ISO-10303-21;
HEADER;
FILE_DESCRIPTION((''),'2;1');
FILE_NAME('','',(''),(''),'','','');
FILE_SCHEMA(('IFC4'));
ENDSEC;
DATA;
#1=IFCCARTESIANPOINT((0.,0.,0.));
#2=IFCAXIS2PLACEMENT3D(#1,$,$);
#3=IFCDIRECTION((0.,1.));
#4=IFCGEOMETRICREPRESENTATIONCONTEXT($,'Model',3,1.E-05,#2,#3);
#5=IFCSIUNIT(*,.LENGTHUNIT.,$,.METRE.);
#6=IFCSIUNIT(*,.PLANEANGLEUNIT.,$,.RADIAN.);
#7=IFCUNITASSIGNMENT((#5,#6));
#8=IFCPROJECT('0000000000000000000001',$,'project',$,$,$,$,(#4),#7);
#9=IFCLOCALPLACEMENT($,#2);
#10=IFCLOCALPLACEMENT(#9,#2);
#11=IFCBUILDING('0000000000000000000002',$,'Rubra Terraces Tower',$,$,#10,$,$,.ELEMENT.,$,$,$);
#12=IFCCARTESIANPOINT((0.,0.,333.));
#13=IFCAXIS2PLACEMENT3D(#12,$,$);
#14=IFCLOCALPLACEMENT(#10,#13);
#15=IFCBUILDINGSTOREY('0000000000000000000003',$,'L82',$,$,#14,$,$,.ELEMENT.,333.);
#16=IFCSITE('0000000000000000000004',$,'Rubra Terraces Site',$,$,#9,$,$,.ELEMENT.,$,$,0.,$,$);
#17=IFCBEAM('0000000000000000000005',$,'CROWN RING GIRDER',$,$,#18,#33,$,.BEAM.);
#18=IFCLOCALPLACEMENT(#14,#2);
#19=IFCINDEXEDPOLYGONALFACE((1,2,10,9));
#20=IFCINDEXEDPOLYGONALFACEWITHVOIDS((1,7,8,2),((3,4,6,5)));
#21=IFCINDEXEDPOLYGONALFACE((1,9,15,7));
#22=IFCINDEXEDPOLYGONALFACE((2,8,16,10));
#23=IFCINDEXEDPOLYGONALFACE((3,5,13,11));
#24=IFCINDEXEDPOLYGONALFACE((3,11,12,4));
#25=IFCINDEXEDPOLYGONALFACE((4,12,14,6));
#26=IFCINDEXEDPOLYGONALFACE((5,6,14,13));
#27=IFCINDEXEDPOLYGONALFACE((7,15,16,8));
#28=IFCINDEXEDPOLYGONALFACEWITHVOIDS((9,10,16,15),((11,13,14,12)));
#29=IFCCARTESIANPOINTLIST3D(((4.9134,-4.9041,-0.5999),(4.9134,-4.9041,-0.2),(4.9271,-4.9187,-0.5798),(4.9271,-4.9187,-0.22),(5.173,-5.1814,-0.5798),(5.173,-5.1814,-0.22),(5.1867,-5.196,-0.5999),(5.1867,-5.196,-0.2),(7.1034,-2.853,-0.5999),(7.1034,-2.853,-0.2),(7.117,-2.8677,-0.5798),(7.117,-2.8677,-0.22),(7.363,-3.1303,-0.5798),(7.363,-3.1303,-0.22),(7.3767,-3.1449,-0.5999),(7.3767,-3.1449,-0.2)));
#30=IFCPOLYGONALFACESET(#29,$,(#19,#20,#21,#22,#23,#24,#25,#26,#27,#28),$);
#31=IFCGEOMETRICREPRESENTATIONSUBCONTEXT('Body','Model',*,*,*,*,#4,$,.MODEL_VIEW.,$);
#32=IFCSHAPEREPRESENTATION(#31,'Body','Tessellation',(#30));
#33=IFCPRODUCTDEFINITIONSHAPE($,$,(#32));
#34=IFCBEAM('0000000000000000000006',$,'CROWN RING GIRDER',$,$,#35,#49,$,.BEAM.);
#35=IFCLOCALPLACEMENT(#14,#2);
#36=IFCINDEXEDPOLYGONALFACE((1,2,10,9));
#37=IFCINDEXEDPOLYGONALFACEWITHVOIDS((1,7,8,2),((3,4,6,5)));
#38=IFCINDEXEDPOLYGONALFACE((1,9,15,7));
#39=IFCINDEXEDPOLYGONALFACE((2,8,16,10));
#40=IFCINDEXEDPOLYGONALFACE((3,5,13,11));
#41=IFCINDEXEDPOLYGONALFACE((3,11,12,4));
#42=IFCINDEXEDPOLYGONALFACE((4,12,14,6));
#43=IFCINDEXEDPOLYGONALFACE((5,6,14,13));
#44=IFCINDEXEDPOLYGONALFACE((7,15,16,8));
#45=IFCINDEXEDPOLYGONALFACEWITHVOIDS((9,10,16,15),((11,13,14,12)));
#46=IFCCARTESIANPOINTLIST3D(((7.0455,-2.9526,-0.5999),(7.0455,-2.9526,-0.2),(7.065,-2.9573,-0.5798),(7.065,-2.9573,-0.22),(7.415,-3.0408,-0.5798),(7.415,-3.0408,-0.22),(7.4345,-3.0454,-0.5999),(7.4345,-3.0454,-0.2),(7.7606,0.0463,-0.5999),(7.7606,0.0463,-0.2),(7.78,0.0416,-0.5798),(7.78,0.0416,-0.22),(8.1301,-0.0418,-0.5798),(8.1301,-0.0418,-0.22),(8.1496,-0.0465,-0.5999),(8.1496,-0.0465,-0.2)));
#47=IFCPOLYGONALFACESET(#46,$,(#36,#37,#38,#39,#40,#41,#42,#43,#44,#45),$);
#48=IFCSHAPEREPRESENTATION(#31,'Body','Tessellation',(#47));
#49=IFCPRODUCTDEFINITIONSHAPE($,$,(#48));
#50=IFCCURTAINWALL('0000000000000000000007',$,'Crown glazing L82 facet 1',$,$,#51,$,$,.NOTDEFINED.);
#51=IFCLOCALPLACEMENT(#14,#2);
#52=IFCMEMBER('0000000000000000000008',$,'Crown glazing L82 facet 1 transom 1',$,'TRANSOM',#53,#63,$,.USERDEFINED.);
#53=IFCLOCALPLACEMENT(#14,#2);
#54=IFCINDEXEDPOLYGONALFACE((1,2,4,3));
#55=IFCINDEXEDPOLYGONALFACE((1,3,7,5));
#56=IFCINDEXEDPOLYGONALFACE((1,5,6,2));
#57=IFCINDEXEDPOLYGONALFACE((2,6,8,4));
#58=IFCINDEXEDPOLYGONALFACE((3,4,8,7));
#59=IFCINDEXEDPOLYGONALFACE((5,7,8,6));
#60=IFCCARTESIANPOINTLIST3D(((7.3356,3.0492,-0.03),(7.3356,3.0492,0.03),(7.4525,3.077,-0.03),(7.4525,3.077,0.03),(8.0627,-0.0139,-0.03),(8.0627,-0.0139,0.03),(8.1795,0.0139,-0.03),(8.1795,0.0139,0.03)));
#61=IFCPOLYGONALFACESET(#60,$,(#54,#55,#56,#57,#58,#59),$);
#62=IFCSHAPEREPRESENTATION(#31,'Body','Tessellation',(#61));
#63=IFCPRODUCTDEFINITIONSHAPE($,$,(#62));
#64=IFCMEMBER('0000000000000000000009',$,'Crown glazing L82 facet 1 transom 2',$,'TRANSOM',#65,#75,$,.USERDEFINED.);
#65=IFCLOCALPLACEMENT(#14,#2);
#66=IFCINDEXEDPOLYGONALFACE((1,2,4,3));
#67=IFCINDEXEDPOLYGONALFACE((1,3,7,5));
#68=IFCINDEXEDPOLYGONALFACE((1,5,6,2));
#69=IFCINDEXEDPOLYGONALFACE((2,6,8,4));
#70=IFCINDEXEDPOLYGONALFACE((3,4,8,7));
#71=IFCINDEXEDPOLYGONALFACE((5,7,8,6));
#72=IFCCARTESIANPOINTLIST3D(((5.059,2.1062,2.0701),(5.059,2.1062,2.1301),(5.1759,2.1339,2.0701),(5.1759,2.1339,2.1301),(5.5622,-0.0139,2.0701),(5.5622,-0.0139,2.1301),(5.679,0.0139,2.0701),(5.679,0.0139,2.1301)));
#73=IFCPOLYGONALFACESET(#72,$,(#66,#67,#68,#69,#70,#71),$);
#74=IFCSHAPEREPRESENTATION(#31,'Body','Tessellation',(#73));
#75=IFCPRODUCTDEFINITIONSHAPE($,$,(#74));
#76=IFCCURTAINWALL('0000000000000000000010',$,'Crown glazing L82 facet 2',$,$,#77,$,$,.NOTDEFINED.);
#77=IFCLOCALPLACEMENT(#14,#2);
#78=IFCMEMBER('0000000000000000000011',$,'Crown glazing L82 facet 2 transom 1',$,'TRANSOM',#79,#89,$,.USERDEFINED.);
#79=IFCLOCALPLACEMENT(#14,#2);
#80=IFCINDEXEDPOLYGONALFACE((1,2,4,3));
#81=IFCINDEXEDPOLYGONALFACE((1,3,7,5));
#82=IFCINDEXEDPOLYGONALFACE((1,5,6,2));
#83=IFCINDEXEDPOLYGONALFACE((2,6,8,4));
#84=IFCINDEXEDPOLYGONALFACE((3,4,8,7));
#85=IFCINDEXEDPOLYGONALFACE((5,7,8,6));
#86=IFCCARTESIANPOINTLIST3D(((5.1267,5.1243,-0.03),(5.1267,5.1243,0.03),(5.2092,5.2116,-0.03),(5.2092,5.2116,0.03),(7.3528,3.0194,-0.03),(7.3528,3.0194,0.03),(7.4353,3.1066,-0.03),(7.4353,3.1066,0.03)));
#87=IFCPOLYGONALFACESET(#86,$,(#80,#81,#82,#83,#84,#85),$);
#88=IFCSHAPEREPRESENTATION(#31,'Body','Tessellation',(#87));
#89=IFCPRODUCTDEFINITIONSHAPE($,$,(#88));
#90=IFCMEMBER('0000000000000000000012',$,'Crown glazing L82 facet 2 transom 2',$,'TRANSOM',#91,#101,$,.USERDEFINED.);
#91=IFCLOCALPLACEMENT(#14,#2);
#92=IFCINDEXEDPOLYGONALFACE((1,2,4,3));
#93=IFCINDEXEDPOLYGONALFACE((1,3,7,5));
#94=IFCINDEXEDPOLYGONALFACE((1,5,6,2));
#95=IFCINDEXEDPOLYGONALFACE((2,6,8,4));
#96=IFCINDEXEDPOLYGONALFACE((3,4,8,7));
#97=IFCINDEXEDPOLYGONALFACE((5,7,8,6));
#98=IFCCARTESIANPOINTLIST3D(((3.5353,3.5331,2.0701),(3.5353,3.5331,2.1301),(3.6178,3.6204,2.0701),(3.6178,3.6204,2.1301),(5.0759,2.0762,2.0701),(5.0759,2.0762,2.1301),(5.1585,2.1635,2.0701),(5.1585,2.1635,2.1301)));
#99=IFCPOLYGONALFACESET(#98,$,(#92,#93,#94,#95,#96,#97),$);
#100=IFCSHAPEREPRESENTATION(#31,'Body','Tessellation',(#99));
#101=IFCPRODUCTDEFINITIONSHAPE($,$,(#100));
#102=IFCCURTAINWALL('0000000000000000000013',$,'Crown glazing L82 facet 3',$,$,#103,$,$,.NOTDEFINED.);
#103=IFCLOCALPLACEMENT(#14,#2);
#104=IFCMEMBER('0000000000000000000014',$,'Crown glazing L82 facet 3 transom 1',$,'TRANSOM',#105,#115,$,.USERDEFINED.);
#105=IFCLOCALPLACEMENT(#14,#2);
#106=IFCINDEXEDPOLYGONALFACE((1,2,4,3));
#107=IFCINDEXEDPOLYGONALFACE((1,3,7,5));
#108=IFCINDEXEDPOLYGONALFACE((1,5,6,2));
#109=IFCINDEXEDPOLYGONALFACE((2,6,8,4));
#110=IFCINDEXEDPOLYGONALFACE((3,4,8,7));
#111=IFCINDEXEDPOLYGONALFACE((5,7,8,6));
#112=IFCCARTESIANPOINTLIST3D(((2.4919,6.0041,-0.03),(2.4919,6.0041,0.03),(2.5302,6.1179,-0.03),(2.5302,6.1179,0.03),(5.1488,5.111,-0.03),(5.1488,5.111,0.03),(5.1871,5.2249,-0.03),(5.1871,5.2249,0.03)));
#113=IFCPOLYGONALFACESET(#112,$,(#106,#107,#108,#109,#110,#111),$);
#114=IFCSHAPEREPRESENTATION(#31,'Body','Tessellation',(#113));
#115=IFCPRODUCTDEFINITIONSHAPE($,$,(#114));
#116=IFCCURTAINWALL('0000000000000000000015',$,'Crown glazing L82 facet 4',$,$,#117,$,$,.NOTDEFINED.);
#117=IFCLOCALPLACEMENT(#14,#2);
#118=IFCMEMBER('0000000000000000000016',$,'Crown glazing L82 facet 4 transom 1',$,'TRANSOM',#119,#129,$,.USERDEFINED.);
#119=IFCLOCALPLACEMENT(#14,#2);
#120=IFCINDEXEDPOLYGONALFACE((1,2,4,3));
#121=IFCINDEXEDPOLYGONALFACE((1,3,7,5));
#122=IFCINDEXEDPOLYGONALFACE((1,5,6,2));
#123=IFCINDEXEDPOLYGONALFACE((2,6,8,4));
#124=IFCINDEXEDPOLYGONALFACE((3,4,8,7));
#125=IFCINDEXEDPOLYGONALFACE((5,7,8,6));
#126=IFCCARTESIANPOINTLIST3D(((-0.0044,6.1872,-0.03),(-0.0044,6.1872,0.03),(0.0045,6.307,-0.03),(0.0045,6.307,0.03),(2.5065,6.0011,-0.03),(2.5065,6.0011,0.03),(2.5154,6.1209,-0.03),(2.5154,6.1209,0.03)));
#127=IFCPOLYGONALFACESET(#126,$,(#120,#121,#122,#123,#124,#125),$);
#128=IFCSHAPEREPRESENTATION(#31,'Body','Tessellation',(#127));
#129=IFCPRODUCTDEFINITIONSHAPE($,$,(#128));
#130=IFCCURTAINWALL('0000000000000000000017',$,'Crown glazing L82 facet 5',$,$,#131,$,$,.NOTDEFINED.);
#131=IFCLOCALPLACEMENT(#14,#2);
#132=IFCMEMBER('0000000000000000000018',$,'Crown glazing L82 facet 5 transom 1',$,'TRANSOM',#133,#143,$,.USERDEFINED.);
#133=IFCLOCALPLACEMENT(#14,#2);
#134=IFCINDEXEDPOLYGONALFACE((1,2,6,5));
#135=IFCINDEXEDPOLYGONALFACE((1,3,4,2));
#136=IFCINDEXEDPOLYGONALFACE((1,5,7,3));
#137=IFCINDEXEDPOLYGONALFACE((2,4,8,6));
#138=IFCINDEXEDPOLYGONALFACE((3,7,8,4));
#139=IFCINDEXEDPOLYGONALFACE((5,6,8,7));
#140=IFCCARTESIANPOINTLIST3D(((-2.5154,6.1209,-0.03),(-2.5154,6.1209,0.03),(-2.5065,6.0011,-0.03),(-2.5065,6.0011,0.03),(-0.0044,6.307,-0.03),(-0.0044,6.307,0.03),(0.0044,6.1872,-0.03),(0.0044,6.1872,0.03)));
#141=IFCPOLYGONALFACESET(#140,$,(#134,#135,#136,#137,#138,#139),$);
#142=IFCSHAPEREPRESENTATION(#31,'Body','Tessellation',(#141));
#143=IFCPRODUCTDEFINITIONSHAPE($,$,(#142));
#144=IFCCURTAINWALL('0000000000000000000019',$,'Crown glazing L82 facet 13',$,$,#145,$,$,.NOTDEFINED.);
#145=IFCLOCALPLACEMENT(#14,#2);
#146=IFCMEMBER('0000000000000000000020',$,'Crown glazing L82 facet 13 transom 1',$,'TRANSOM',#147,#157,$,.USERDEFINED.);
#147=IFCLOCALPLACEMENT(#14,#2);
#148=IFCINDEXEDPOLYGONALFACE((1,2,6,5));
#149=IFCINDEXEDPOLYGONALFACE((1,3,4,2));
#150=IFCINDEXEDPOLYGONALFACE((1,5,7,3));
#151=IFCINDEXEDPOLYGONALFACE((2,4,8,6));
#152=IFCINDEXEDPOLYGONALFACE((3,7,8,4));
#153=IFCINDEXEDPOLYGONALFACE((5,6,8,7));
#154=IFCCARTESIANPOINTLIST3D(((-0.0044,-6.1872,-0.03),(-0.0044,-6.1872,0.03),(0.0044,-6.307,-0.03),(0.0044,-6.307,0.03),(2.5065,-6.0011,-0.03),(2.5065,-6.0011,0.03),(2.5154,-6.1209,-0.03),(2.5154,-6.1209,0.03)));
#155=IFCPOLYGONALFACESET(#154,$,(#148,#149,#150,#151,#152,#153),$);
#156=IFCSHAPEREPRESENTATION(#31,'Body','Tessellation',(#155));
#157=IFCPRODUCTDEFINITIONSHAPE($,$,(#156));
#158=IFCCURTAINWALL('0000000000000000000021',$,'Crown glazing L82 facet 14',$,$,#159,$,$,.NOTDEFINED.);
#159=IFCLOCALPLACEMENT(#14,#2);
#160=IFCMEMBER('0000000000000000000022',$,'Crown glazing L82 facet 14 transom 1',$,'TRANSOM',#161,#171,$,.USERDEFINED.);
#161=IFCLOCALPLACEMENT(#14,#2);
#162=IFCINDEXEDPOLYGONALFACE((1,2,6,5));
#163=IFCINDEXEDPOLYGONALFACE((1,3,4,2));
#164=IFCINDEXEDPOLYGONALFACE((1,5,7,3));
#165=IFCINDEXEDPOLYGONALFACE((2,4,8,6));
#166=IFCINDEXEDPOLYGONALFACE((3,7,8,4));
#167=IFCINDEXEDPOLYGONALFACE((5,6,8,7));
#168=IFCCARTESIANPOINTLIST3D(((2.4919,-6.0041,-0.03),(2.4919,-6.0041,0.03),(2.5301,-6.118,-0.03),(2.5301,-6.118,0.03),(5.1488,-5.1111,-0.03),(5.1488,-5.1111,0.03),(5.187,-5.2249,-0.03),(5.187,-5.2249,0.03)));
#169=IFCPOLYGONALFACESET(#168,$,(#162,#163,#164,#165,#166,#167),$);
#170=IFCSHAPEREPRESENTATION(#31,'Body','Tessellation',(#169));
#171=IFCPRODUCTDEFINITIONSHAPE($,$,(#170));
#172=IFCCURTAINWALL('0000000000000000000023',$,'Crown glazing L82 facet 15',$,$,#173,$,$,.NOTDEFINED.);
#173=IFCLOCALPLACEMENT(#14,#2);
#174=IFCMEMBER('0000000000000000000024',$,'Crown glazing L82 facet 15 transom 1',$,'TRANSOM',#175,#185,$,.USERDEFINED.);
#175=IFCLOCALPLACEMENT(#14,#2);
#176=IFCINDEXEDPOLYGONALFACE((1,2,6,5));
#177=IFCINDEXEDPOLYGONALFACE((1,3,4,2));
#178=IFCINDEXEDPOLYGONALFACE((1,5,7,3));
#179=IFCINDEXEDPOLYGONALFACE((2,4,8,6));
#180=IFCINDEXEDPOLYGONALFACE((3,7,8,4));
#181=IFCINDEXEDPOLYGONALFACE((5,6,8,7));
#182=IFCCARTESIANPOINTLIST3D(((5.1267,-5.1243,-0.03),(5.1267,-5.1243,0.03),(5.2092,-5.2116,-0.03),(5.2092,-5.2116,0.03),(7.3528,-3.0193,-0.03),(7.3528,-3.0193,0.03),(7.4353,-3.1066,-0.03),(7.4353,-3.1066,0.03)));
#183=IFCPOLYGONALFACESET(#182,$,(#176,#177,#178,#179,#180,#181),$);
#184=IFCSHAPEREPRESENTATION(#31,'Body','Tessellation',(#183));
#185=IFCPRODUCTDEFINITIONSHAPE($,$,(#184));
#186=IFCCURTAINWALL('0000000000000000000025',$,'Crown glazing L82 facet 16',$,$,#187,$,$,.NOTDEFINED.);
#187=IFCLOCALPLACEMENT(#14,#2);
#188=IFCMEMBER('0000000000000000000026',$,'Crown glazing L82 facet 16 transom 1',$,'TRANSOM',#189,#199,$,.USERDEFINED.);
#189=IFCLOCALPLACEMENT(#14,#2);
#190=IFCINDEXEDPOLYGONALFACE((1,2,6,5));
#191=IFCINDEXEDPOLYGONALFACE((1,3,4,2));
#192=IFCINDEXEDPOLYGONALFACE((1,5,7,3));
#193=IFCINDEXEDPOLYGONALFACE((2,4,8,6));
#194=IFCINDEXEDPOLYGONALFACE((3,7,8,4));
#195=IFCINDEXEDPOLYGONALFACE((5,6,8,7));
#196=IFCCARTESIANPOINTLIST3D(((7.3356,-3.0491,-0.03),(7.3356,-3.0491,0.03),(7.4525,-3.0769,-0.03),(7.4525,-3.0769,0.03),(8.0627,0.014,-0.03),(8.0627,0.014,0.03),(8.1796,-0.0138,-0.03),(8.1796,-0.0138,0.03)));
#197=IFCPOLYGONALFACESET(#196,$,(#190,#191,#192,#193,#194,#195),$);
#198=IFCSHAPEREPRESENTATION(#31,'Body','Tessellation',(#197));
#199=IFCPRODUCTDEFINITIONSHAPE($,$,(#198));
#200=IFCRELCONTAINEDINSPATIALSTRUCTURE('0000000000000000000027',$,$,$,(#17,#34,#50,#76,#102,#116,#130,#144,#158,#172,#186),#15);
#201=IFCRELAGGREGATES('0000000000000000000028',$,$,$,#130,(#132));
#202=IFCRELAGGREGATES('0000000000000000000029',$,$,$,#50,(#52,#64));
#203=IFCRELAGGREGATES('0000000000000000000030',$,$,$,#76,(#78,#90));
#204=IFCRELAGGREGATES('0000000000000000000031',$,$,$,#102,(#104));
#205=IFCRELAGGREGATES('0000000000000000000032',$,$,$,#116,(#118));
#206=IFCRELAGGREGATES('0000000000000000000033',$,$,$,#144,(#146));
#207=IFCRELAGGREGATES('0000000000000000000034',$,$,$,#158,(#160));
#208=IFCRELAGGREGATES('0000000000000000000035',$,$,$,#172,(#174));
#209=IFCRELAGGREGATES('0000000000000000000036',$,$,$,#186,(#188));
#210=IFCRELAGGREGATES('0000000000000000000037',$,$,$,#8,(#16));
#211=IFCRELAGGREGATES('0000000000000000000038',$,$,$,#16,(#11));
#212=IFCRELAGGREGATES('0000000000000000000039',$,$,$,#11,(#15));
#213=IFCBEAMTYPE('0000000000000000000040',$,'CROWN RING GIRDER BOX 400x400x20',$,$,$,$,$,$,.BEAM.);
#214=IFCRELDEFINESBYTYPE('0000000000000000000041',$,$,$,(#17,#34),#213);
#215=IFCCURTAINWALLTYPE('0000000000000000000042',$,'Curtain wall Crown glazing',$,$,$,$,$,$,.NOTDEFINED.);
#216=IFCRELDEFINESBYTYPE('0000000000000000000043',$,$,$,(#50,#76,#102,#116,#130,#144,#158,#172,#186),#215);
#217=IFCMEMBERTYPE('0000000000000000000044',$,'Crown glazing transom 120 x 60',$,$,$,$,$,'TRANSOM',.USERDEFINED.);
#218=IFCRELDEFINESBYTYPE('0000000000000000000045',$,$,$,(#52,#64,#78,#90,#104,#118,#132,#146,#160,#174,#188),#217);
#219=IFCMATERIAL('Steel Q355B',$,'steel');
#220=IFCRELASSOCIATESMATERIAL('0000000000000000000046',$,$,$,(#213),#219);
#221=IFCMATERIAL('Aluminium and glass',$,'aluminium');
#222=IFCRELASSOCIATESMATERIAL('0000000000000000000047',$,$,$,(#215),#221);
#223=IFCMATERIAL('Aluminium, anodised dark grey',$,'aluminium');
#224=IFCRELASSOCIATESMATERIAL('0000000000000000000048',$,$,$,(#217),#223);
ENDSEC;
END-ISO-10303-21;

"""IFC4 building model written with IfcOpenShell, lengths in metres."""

from ifc_helpers import new_model, si_unit, direction, frame, origin, origin_2d, place, context, subcontext, project, spatial, rectangle, hollow_rectangle, extrude, material, material_profile, profile_set, type_object, element, aggregate, save


model = new_model("IFC4")

# Units and contexts
model_context = context("Model", 3, precision=1e-05, world=origin(), true_north=direction((0.0, 1.0)))
body_context = subcontext(model_context, "Body", "Model", "MODEL_VIEW")
ifc_project = project(units=[si_unit("LENGTHUNIT", "METRE"), si_unit("PLANEANGLEUNIT", "RADIAN")], contexts=[model_context])

# Site, building, storey
site_placement = place(None, origin())
site = spatial("IfcSite", under=ifc_project, at=site_placement, Name="Rubra Terraces Site", CompositionType="ELEMENT", RefElevation=0.0)
building_placement = place(site_placement, origin())
building = spatial("IfcBuilding", under=site, at=building_placement, Name="Rubra Terraces Tower", CompositionType="ELEMENT")
storey_placement = place(building_placement, frame((0.0, 0.0, 333.0)))
storey = spatial("IfcBuildingStorey", under=building, at=storey_placement, Name="L82", CompositionType="ELEMENT", Elevation=333.0)

# Shared definitions
ifc_material_1 = material(Name="Steel Q355B", Category="steel")

# Beams
ifc_material_profile_1 = material_profile(ifc_material_1, hollow_rectangle(XDim=0.3999, YDim=0.3999, WallThickness=0.02, at=origin_2d()), Name="BOX 400x400x20")
ifc_profile_set_1 = profile_set([ifc_material_profile_1], Name="Steel Q355B")
beam_type_1 = type_object("IfcBeamType", Name="CROWN RING GIRDER BOX 400x400x20", PredefinedType="BEAM", material=ifc_profile_set_1)
beam_1_placement = place(storey_placement, frame((5.05, -5.05, -0.3999), z_axis=(0.729877, 0.683578, 0.0), x_axis=(-0.683578, 0.729877, 0.0)))
element("IfcBeam", 1, at=beam_1_placement, inside=storey, type_object=beam_type_1, Name="CROWN RING GIRDER", PredefinedType="BEAM", context=body_context, shape_type="SweptSolid", body=[
    extrude(hollow_rectangle(XDim=0.3999, YDim=0.3999, WallThickness=0.02, at=origin_2d()), origin(), (0.0, 0.0, 1.0), 3.0005),
])
beam_2_placement = place(storey_placement, frame((7.24, -2.999, -0.3999), z_axis=(0.231938, 0.972731, 0.0), x_axis=(-0.972731, 0.231938, 0.0)))
element("IfcBeam", 2, at=beam_2_placement, inside=storey, type_object=beam_type_1, Name="CROWN RING GIRDER", PredefinedType="BEAM", context=body_context, shape_type="SweptSolid", body=[
    extrude(hollow_rectangle(XDim=0.3999, YDim=0.3999, WallThickness=0.02, at=origin_2d()), origin(), (0.0, 0.0, 1.0), 3.083),
])

# Curtain walls, members
ifc_material_2 = material(Name="Aluminium and glass", Category="aluminium")
curtain_wall_type = type_object("IfcCurtainWallType", Name="Curtain wall Crown glazing", PredefinedType="NOTDEFINED", material=ifc_material_2)
curtain_wall_1_placement = place(storey_placement, origin())
curtain_wall_1 = element("IfcCurtainWall", 3, at=curtain_wall_1_placement, inside=storey, type_object=curtain_wall_type, Name="Crown glazing L82 facet 1", PredefinedType="NOTDEFINED")
ifc_material_3 = material(Name="Aluminium, anodised dark grey", Category="aluminium")
ifc_material_profile_2 = material_profile(ifc_material_3, rectangle(XDim=0.1201, YDim=0.0601, at=origin_2d()), Name="AL 120x60")
ifc_profile_set_2 = profile_set([ifc_material_profile_2], Name="Aluminium, anodised dark grey")
member_type_1 = type_object("IfcMemberType", Name="Crown glazing transom 120 x 60", ElementType="TRANSOM", PredefinedType="USERDEFINED", material=ifc_profile_set_2)
member_1_placement = place(storey_placement, frame((8.1211, 0.0, 0.0), z_axis=(-0.230949, 0.972966, 0.0), x_axis=(-0.972966, -0.230949, 0.0)))
member_1 = element("IfcMember", 4, at=member_1_placement, type_object=member_type_1, Name="Crown glazing L82 facet 1 transom 1", ObjectType="TRANSOM", PredefinedType="USERDEFINED", context=body_context, shape_type="SweptSolid", body=[
    extrude(rectangle(XDim=0.1201, YDim=0.0601, at=origin_2d()), origin(), (0.0, 0.0, 1.0), 3.1482),
])
member_2_placement = place(storey_placement, frame((5.6206, 0.0, 2.1001), z_axis=(-0.230919, 0.972973, 0.0), x_axis=(-0.972973, -0.230919, 0.0)))
member_2 = element("IfcMember", 5, at=member_2_placement, type_object=member_type_1, Name="Crown glazing L82 facet 1 transom 2", ObjectType="TRANSOM", PredefinedType="USERDEFINED", context=body_context, shape_type="SweptSolid", body=[
    extrude(rectangle(XDim=0.1201, YDim=0.0601, at=origin_2d()), origin(), (0.0, 0.0, 1.0), 2.179),
])
curtain_wall_2_placement = place(storey_placement, origin())
curtain_wall_2 = element("IfcCurtainWall", 6, at=curtain_wall_2_placement, inside=storey, type_object=curtain_wall_type, Name="Crown glazing L82 facet 2", PredefinedType="NOTDEFINED")
member_3_placement = place(storey_placement, frame((7.394, 3.063, 0.0), z_axis=(-0.726593, 0.687068, 0.0), x_axis=(-0.687068, -0.726593, 0.0)))
member_3 = element("IfcMember", 7, at=member_3_placement, type_object=member_type_1, Name="Crown glazing L82 facet 2 transom 1", ObjectType="TRANSOM", PredefinedType="USERDEFINED", context=body_context, shape_type="SweptSolid", body=[
    extrude(rectangle(XDim=0.1201, YDim=0.0601, at=origin_2d()), origin(), (0.0, 0.0, 1.0), 3.0637),
])
member_4_placement = place(storey_placement, frame((5.1172, 2.1199, 2.1001), z_axis=(-0.726579, 0.687083, 0.0), x_axis=(-0.687083, -0.726579, 0.0)))
member_4 = element("IfcMember", 8, at=member_4_placement, type_object=member_type_1, Name="Crown glazing L82 facet 2 transom 2", ObjectType="TRANSOM", PredefinedType="USERDEFINED", context=body_context, shape_type="SweptSolid", body=[
    extrude(rectangle(XDim=0.1201, YDim=0.0601, at=origin_2d()), origin(), (0.0, 0.0, 1.0), 2.1204),
])

# Curtain walls, members
curtain_wall_3_placement = place(storey_placement, origin())
curtain_wall_3 = element("IfcCurtainWall", 9, at=curtain_wall_3_placement, inside=storey, type_object=curtain_wall_type, Name="Crown glazing L82 facet 3", PredefinedType="NOTDEFINED")
member_5_placement = place(storey_placement, frame((5.168, 5.168, 0.0), z_axis=(-0.947888, 0.318605, 0.0), x_axis=(-0.318605, -0.947888, 0.0)))
member_5 = element("IfcMember", 10, at=member_5_placement, type_object=member_type_1, Name="Crown glazing L82 facet 3 transom 1", ObjectType="TRANSOM", PredefinedType="USERDEFINED", context=body_context, shape_type="SweptSolid", body=[
    extrude(rectangle(XDim=0.1201, YDim=0.0601, at=origin_2d()), origin(), (0.0, 0.0, 1.0), 2.803),
])
curtain_wall_4_placement = place(storey_placement, origin())
curtain_wall_4 = element("IfcCurtainWall", 11, at=curtain_wall_4_placement, inside=storey, type_object=curtain_wall_type, Name="Crown glazing L82 facet 4", PredefinedType="NOTDEFINED")
member_6_placement = place(storey_placement, frame((2.511, 6.061, 0.0), z_axis=(-0.997267, 0.073886, 0.0), x_axis=(-0.073886, -0.997267, 0.0)))
member_6 = element("IfcMember", 12, at=member_6_placement, type_object=member_type_1, Name="Crown glazing L82 facet 4 transom 1", ObjectType="TRANSOM", PredefinedType="USERDEFINED", context=body_context, shape_type="SweptSolid", body=[
    extrude(rectangle(XDim=0.1201, YDim=0.0601, at=origin_2d()), origin(), (0.0, 0.0, 1.0), 2.5178),
])
curtain_wall_5_placement = place(storey_placement, origin())
curtain_wall_5 = element("IfcCurtainWall", 13, at=curtain_wall_5_placement, inside=storey, type_object=curtain_wall_type, Name="Crown glazing L82 facet 5", PredefinedType="NOTDEFINED")
member_7_placement = place(storey_placement, frame((0.0, 6.2471, 0.0), z_axis=(-0.997267, -0.073886, 0.0), x_axis=(0.073886, -0.997267, 0.0)))
member_7 = element("IfcMember", 14, at=member_7_placement, type_object=member_type_1, Name="Crown glazing L82 facet 5 transom 1", ObjectType="TRANSOM", PredefinedType="USERDEFINED", context=body_context, shape_type="SweptSolid", body=[
    extrude(rectangle(XDim=0.1201, YDim=0.0601, at=origin_2d()), origin(), (0.0, 0.0, 1.0), 2.5178),
])
aggregate(curtain_wall_5, [member_7])
curtain_wall_6_placement = place(storey_placement, origin())
curtain_wall_6 = element("IfcCurtainWall", 15, at=curtain_wall_6_placement, inside=storey, type_object=curtain_wall_type, Name="Crown glazing L82 facet 13", PredefinedType="NOTDEFINED")
member_8_placement = place(storey_placement, frame((0.0, -6.2471, 0.0), z_axis=(0.997267, 0.073886, 0.0), x_axis=(-0.073886, 0.997267, 0.0)))
member_8 = element("IfcMember", 16, at=member_8_placement, type_object=member_type_1, Name="Crown glazing L82 facet 13 transom 1", ObjectType="TRANSOM", PredefinedType="USERDEFINED", context=body_context, shape_type="SweptSolid", body=[
    extrude(rectangle(XDim=0.1201, YDim=0.0601, at=origin_2d()), origin(), (0.0, 0.0, 1.0), 2.5178),
])
curtain_wall_7_placement = place(storey_placement, origin())
curtain_wall_7 = element("IfcCurtainWall", 17, at=curtain_wall_7_placement, inside=storey, type_object=curtain_wall_type, Name="Crown glazing L82 facet 14", PredefinedType="NOTDEFINED")
member_9_placement = place(storey_placement, frame((2.511, -6.061, 0.0), z_axis=(0.947888, 0.318605, 0.0), x_axis=(-0.318605, 0.947888, 0.0)))
member_9 = element("IfcMember", 18, at=member_9_placement, type_object=member_type_1, Name="Crown glazing L82 facet 14 transom 1", ObjectType="TRANSOM", PredefinedType="USERDEFINED", context=body_context, shape_type="SweptSolid", body=[
    extrude(rectangle(XDim=0.1201, YDim=0.0601, at=origin_2d()), origin(), (0.0, 0.0, 1.0), 2.803),
])
curtain_wall_8_placement = place(storey_placement, origin())
curtain_wall_8 = element("IfcCurtainWall", 19, at=curtain_wall_8_placement, inside=storey, type_object=curtain_wall_type, Name="Crown glazing L82 facet 15", PredefinedType="NOTDEFINED")
member_10_placement = place(storey_placement, frame((5.168, -5.168, 0.0), z_axis=(0.726593, 0.687068, 0.0), x_axis=(-0.687068, 0.726593, 0.0)))
member_10 = element("IfcMember", 20, at=member_10_placement, type_object=member_type_1, Name="Crown glazing L82 facet 15 transom 1", ObjectType="TRANSOM", PredefinedType="USERDEFINED", context=body_context, shape_type="SweptSolid", body=[
    extrude(rectangle(XDim=0.1201, YDim=0.0601, at=origin_2d()), origin(), (0.0, 0.0, 1.0), 3.0637),
])
curtain_wall_9_placement = place(storey_placement, origin())
curtain_wall_9 = element("IfcCurtainWall", 21, at=curtain_wall_9_placement, inside=storey, type_object=curtain_wall_type, Name="Crown glazing L82 facet 16", PredefinedType="NOTDEFINED")
member_11_placement = place(storey_placement, frame((7.394, -3.063, 0.0), z_axis=(0.230949, 0.972966, 0.0), x_axis=(-0.972966, 0.230949, 0.0)))
member_11 = element("IfcMember", 22, at=member_11_placement, type_object=member_type_1, Name="Crown glazing L82 facet 16 transom 1", ObjectType="TRANSOM", PredefinedType="USERDEFINED", context=body_context, shape_type="SweptSolid", body=[
    extrude(rectangle(XDim=0.1201, YDim=0.0601, at=origin_2d()), origin(), (0.0, 0.0, 1.0), 3.1482),
])

aggregate(curtain_wall_1, [member_1, member_2])
aggregate(curtain_wall_2, [member_3, member_4])
aggregate(curtain_wall_3, [member_5])
aggregate(curtain_wall_4, [member_6])
aggregate(curtain_wall_6, [member_8])
aggregate(curtain_wall_7, [member_9])
aggregate(curtain_wall_8, [member_10])
aggregate(curtain_wall_9, [member_11])

save(model, "model.ifc")
